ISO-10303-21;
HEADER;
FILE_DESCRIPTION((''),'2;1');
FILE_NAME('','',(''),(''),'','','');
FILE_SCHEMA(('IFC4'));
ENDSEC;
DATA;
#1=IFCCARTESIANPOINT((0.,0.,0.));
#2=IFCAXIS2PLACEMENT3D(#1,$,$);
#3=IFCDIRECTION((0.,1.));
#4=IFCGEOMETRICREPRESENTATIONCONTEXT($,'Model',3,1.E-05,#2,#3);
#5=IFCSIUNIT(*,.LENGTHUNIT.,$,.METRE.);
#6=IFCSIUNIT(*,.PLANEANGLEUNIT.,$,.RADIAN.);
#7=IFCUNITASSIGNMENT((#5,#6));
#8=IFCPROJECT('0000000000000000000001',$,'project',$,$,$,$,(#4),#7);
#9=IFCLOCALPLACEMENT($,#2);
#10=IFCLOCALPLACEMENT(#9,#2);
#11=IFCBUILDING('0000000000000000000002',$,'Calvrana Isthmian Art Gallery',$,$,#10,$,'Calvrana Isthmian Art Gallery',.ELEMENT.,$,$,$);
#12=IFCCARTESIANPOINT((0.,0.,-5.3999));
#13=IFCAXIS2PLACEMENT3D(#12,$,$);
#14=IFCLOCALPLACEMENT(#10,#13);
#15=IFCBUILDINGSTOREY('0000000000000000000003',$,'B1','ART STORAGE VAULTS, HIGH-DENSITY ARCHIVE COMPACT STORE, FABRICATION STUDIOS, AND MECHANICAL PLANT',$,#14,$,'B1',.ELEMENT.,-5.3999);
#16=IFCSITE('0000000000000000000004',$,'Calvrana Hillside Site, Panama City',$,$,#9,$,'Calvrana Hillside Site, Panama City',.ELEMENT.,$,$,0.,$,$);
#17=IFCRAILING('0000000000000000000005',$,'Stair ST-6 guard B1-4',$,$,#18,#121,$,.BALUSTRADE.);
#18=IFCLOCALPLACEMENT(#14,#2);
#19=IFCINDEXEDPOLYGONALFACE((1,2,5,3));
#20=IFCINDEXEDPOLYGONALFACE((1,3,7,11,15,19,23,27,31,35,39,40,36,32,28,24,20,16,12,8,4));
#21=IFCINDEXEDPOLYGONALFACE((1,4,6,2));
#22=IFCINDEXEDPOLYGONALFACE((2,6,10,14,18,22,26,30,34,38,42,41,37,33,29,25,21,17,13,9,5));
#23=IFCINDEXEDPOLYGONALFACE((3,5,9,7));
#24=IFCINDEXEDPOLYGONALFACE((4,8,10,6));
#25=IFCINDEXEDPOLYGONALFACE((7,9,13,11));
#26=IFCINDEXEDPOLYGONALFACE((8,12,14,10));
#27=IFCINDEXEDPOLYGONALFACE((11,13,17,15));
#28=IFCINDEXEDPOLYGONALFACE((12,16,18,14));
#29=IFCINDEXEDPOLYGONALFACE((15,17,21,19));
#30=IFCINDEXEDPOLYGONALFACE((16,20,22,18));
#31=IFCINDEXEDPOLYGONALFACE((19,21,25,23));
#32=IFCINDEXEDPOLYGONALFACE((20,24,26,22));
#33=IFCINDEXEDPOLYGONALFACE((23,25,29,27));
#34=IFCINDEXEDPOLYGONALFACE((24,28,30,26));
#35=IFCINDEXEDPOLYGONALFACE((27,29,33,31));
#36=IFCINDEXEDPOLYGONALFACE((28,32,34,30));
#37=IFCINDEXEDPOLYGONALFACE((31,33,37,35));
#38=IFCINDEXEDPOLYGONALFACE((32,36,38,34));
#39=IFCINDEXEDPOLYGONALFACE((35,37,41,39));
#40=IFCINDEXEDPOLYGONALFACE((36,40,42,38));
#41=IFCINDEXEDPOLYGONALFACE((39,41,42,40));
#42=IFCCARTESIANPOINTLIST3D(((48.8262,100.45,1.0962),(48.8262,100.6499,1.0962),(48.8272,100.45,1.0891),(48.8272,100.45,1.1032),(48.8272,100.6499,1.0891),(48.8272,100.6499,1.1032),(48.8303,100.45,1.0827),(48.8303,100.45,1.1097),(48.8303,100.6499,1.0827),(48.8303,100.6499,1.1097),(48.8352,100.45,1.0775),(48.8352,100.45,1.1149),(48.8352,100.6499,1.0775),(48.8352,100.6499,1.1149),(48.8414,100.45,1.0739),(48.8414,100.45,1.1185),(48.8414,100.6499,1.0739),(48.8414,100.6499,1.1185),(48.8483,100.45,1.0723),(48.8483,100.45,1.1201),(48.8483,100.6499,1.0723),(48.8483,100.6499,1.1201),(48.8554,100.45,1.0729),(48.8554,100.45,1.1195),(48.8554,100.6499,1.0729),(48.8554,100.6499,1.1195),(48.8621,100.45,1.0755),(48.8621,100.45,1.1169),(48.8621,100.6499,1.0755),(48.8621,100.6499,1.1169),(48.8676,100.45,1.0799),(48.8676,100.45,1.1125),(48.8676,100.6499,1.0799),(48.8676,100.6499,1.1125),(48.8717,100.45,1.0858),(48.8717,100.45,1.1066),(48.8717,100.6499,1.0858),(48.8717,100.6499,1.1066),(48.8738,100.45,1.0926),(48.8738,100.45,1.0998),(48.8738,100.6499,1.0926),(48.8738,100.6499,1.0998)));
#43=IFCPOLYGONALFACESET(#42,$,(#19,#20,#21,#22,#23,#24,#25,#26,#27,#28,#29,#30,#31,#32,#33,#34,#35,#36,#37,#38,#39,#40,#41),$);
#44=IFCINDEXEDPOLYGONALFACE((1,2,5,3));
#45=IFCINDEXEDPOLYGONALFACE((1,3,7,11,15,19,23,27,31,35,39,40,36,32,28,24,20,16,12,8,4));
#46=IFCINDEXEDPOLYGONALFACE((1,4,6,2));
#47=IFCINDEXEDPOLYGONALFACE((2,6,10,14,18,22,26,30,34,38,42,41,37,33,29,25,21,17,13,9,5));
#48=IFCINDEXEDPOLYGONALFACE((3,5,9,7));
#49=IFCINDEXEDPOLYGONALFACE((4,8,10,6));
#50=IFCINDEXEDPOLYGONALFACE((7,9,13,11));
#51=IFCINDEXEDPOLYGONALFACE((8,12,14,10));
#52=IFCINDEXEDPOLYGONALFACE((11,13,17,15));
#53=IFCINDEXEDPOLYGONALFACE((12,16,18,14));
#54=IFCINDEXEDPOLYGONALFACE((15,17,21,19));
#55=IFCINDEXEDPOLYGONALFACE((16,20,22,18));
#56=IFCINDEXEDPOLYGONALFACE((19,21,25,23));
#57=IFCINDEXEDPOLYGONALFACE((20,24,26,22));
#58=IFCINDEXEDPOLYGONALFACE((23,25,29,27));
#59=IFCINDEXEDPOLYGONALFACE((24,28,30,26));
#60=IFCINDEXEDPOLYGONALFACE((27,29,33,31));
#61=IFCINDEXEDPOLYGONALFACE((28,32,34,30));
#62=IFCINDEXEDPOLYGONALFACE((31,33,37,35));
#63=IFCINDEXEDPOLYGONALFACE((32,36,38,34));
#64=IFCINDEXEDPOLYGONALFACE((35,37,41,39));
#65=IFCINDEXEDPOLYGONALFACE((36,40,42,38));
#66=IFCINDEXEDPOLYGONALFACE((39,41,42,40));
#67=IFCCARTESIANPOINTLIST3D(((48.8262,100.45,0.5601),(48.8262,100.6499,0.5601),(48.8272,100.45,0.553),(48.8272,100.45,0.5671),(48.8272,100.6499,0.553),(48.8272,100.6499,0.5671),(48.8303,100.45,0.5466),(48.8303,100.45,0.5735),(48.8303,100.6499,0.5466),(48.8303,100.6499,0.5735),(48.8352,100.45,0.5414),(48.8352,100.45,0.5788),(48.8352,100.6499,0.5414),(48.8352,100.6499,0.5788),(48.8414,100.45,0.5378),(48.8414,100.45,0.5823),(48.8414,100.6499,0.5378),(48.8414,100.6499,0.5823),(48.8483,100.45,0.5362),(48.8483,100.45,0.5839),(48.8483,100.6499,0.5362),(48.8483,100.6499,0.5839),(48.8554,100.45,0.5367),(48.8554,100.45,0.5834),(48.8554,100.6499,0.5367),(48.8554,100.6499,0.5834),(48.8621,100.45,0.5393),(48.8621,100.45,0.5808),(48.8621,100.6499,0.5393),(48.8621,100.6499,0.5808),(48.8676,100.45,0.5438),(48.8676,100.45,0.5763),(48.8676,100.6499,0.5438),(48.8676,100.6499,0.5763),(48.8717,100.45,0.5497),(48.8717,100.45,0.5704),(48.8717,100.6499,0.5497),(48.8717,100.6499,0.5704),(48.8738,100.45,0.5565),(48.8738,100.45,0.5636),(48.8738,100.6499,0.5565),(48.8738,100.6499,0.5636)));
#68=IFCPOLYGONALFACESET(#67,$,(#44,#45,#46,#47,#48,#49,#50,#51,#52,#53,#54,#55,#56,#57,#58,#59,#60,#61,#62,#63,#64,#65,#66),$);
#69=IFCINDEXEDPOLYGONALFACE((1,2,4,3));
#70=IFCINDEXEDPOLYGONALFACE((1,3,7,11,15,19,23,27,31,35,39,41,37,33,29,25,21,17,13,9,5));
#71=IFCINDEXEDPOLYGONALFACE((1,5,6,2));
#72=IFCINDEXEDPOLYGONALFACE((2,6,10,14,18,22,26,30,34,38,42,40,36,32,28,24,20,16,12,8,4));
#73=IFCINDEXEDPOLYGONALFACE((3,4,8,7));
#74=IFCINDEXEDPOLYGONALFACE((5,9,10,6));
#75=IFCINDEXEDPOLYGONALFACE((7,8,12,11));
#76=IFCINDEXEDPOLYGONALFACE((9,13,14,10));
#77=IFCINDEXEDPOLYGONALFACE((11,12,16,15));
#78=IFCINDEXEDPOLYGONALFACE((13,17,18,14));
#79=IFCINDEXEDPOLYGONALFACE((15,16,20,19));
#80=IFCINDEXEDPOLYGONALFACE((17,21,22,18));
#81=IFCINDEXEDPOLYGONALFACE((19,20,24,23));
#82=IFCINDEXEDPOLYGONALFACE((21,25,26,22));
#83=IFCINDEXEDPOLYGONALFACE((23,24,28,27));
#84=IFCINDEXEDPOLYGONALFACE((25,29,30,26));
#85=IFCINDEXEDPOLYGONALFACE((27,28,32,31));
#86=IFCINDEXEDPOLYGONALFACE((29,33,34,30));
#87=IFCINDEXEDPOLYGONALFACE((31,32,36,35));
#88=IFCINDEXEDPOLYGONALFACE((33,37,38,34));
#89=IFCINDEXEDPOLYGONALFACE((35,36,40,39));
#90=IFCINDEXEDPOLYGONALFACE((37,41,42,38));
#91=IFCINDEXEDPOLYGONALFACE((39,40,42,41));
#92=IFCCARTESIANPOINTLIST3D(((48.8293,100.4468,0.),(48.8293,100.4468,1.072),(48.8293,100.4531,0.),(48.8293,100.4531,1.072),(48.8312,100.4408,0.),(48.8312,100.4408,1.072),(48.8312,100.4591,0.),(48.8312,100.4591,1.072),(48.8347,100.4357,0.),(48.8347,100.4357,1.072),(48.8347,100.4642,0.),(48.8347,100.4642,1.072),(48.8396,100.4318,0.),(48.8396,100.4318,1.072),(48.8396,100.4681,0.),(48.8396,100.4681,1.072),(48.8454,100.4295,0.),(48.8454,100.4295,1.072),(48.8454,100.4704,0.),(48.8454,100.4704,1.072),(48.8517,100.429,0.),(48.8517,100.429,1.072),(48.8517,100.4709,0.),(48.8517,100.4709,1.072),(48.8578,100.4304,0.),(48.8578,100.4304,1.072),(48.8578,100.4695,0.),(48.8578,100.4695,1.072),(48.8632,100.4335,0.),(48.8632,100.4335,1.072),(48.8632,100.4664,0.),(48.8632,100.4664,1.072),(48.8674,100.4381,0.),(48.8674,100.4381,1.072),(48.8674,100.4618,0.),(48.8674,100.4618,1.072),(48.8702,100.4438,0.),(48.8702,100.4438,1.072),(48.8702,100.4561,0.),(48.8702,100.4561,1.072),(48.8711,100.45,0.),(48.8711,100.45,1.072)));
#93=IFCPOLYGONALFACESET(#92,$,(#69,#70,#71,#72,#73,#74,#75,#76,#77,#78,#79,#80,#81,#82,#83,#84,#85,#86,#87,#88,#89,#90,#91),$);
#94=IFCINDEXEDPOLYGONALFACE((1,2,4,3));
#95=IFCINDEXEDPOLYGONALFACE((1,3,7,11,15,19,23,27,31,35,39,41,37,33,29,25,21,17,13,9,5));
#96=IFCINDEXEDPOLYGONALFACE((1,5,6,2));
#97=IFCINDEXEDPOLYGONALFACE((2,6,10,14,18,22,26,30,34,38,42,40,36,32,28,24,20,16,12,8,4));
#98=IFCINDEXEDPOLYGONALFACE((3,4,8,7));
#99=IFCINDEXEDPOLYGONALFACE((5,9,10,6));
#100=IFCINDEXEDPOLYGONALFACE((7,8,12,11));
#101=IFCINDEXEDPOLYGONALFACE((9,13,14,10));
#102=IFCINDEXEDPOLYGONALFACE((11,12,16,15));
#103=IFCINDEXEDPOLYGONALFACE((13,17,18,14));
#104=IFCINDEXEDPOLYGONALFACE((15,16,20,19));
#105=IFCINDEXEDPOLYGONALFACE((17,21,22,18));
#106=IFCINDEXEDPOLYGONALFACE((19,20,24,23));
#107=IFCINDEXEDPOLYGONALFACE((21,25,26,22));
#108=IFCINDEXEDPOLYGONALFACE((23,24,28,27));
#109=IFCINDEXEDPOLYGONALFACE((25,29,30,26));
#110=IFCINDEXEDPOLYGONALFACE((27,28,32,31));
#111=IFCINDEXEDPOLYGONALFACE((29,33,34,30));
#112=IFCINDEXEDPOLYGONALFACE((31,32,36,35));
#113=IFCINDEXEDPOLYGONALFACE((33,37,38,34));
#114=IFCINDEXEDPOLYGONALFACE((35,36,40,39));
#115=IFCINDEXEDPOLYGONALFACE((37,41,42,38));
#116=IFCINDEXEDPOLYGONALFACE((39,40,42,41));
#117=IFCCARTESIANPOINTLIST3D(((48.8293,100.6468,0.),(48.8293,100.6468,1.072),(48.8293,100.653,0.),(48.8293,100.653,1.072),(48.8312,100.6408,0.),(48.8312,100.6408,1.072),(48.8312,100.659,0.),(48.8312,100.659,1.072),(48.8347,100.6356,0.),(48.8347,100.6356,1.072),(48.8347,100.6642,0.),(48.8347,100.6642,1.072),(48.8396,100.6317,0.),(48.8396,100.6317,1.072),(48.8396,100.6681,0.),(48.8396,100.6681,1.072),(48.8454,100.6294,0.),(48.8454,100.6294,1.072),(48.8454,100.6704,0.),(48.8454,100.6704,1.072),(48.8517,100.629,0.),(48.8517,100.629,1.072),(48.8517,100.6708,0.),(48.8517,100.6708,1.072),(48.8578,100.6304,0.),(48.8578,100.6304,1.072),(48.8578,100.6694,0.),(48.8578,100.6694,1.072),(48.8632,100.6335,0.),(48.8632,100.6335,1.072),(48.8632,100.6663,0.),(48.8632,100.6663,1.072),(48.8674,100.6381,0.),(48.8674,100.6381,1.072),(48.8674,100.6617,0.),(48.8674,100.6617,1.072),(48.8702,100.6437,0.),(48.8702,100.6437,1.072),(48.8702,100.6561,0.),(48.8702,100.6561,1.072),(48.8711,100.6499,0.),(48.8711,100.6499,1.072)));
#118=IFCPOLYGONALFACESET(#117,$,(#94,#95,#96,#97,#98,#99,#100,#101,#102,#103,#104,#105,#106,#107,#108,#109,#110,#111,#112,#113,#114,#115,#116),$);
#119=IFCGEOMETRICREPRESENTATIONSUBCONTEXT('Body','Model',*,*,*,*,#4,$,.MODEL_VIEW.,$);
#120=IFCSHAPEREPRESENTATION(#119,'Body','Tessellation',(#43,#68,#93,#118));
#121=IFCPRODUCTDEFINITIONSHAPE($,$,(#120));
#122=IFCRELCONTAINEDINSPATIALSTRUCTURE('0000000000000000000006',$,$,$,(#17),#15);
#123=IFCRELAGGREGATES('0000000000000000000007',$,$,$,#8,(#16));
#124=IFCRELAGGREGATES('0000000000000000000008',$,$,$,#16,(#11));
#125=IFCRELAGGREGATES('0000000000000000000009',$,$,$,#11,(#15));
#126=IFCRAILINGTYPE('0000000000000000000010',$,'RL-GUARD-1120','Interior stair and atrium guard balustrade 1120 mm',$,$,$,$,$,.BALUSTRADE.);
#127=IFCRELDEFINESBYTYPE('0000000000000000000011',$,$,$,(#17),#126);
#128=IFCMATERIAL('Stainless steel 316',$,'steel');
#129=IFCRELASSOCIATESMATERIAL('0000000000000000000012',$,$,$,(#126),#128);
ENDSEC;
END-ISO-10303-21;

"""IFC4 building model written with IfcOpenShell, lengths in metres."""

from ifc_helpers import new_model, si_unit, direction, frame, origin, origin_2d, place, context, subcontext, project, spatial, circle, extrude, material, type_object, element, save


model = new_model("IFC4")

# Units and contexts
model_context = context("Model", 3, precision=1e-05, world=origin(), true_north=direction((0.0, 1.0)))
body_context = subcontext(model_context, "Body", "Model", "MODEL_VIEW")
ifc_project = project(units=[si_unit("LENGTHUNIT", "METRE"), si_unit("PLANEANGLEUNIT", "RADIAN")], contexts=[model_context])

# Site, building, storey
site_placement = place(None, origin())
site = spatial("IfcSite", under=ifc_project, at=site_placement, Name="Calvrana Hillside Site, Panama City", LongName="Calvrana Hillside Site, Panama City", CompositionType="ELEMENT", RefElevation=0.0)
building_placement = place(site_placement, origin())
building = spatial("IfcBuilding", under=site, at=building_placement, Name="Calvrana Isthmian Art Gallery", LongName="Calvrana Isthmian Art Gallery", CompositionType="ELEMENT")
storey_placement = place(building_placement, frame((0.0, 0.0, -5.3999)))
storey = spatial("IfcBuildingStorey", under=building, at=storey_placement, Name="B1", Description="ART STORAGE VAULTS, HIGH-DENSITY ARCHIVE COMPACT STORE, FABRICATION STUDIOS, AND MECHANICAL PLANT", LongName="B1", CompositionType="ELEMENT", Elevation=-5.3999)

# Railing
ifc_material_1 = material(Name="Stainless steel 316", Category="steel")
railing_type_1 = type_object("IfcRailingType", Name="RL-GUARD-1120", Description="Interior stair and atrium guard balustrade 1120 mm", PredefinedType="BALUSTRADE", material=ifc_material_1)
railing_1_placement = place(storey_placement, frame((48.8501, 100.45, 0.0)))
element("IfcRailing", 1, at=railing_1_placement, inside=storey, type_object=railing_type_1, Name="Stair ST-6 guard B1-4", PredefinedType="BALUSTRADE", context=body_context, shape_type="SweptSolid", body=[
    extrude(circle(Radius=0.0239, at=origin_2d()), frame((0.0, 0.0, 1.0962), z_axis=(0.0, 1.0, 0.0), x_axis=(-1.0, 0.0, 0.0)), (0.0, 0.0, 1.0), 0.2),
    extrude(circle(Radius=0.0239, at=origin_2d()), frame((0.0, 0.0, 0.5601), z_axis=(0.0, 1.0, 0.0), x_axis=(-1.0, 0.0, 0.0)), (0.0, 0.0, 1.0), 0.2),
    extrude(circle(Radius=0.021, at=origin_2d()), origin(), (0.0, 0.0, 1.0), 1.072),
    extrude(circle(Radius=0.021, at=origin_2d()), frame((0.0, 0.2, 0.0)), (0.0, 0.0, 1.0), 1.072),
])

save(model, "model.ifc")
